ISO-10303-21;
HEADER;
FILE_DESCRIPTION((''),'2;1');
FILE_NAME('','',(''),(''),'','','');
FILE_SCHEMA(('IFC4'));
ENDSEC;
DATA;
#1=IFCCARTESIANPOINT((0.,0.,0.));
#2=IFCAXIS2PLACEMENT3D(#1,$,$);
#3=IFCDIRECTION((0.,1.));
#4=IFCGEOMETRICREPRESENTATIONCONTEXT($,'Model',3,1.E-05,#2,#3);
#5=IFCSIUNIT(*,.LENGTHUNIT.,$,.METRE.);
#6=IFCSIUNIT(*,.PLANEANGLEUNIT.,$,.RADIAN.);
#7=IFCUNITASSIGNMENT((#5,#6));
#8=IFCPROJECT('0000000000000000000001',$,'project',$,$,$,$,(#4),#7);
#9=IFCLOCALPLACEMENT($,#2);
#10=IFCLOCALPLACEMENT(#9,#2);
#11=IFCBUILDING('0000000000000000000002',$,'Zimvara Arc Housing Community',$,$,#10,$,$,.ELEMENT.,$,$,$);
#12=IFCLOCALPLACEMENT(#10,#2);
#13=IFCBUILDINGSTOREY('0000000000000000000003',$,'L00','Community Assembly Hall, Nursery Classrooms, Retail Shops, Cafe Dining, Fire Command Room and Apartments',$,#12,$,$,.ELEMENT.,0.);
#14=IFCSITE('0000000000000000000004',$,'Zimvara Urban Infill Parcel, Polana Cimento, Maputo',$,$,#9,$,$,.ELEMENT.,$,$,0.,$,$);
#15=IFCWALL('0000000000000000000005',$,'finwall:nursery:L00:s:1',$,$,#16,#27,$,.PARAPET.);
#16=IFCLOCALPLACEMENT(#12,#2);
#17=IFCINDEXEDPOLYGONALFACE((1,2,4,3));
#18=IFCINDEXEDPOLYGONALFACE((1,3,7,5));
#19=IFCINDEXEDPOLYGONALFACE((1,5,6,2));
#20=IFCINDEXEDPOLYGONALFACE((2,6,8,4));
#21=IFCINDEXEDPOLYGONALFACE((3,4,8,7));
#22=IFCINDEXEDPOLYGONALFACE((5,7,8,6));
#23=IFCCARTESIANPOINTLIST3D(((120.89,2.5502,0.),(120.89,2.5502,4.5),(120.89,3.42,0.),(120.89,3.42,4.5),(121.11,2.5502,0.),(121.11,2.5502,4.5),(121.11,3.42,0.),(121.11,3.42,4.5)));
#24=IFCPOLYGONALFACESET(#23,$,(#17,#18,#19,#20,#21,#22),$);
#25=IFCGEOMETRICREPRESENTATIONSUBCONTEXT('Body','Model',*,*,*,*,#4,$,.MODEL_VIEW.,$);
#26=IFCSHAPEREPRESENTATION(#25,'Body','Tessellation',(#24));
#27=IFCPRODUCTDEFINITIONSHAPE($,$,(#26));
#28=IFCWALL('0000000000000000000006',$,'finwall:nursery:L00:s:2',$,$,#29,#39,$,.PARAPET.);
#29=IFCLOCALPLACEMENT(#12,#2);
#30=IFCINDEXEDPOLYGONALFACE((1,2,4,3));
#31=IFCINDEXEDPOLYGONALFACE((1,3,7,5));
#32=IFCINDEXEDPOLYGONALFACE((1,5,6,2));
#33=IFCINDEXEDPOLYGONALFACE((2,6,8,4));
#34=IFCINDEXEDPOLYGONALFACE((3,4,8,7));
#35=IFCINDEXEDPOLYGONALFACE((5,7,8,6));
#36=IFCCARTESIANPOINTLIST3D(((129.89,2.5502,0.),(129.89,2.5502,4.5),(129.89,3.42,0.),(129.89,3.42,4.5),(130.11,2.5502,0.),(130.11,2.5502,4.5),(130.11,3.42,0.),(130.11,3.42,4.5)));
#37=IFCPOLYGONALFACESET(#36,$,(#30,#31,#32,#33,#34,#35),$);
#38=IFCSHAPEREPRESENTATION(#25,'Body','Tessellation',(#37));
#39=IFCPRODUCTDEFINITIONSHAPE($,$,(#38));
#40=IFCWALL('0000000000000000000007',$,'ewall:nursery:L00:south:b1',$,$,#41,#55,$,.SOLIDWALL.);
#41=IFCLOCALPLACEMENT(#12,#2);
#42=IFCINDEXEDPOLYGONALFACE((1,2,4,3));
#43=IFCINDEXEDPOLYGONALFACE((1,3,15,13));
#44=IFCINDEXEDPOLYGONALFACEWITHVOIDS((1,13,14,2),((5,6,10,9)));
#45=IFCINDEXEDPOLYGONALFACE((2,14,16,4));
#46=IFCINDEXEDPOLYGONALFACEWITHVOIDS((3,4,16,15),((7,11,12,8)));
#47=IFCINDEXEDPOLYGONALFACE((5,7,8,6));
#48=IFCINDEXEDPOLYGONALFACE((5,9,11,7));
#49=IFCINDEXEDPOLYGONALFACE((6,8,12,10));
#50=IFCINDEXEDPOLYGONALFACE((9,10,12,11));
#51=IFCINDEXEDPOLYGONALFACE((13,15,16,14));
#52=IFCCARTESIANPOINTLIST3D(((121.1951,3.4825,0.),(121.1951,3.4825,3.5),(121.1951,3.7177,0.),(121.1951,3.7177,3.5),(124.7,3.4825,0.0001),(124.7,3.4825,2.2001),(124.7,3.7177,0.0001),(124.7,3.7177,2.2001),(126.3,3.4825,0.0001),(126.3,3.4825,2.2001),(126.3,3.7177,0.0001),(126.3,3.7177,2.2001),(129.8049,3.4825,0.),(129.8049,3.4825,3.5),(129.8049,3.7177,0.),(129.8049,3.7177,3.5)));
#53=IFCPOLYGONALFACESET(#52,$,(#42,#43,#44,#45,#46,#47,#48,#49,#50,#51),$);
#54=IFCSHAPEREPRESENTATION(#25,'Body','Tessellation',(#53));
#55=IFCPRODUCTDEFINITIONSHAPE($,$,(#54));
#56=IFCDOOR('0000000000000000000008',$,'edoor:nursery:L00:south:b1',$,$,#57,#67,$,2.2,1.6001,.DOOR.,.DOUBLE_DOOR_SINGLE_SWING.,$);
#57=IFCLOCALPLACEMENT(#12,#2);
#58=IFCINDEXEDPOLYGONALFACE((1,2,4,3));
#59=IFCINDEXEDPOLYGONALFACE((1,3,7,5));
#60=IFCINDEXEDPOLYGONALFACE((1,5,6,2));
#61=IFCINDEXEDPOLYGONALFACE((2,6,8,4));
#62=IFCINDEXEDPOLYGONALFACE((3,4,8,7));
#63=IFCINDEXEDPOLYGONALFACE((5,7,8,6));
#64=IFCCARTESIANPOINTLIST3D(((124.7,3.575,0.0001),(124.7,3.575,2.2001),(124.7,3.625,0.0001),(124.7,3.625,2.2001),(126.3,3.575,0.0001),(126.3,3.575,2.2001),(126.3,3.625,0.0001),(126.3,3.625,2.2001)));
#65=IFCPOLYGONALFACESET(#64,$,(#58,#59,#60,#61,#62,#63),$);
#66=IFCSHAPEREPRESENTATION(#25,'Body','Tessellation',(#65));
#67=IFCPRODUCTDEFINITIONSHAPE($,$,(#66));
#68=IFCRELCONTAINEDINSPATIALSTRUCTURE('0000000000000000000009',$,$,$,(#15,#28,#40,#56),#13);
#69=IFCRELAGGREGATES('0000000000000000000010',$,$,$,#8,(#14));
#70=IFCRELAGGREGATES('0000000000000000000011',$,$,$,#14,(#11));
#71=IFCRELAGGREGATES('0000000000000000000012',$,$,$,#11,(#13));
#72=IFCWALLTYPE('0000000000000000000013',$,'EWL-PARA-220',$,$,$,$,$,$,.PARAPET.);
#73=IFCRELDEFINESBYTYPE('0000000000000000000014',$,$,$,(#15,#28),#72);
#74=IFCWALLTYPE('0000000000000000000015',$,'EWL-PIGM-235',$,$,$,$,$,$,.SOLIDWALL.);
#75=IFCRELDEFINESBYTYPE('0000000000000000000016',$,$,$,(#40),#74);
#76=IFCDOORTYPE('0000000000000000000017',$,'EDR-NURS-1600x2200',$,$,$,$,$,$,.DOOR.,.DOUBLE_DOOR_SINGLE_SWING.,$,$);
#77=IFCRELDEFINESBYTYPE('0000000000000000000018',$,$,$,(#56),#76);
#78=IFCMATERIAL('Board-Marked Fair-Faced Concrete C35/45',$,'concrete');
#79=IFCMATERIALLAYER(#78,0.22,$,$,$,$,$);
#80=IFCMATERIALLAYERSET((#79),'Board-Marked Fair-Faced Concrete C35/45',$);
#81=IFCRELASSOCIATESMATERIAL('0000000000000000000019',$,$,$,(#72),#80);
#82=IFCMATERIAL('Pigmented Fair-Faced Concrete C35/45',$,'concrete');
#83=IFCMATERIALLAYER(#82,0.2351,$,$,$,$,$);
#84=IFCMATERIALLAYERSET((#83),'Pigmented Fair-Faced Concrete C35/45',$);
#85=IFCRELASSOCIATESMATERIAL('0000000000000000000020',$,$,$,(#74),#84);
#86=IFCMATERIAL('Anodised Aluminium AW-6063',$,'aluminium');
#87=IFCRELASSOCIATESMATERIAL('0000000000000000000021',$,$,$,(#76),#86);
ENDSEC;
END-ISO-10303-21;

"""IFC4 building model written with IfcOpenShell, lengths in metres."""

from ifc_helpers import new_model, si_unit, direction, frame, frame_2d, origin, place, context, subcontext, project, spatial, rectangle, extrude, material, layer, layer_set, type_object, element, fill, save


model = new_model("IFC4")

# Units and contexts
model_context = context("Model", 3, precision=1e-05, world=origin(), true_north=direction((0.0, 1.0)))
body_context = subcontext(model_context, "Body", "Model", "MODEL_VIEW")
ifc_project = project(units=[si_unit("LENGTHUNIT", "METRE"), si_unit("PLANEANGLEUNIT", "RADIAN")], contexts=[model_context])

# Site, building, storey
site_placement = place(None, origin())
site = spatial("IfcSite", under=ifc_project, at=site_placement, Name="Zimvara Urban Infill Parcel, Polana Cimento, Maputo", CompositionType="ELEMENT", RefElevation=0.0)
building_placement = place(site_placement, origin())
building = spatial("IfcBuilding", under=site, at=building_placement, Name="Zimvara Arc Housing Community", CompositionType="ELEMENT")
storey_placement = place(building_placement, origin())
storey = spatial("IfcBuildingStorey", under=building, at=storey_placement, Name="L00", Description="Community Assembly Hall, Nursery Classrooms, Retail Shops, Cafe Dining, Fire Command Room and Apartments", CompositionType="ELEMENT", Elevation=0.0)

# Walls
ifc_material_1 = material(Name="Board-Marked Fair-Faced Concrete C35/45", Category="concrete")
ifc_layer_1 = layer(ifc_material_1, 0.22)
ifc_layer_set_1 = layer_set([ifc_layer_1], Name="Board-Marked Fair-Faced Concrete C35/45")
wall_type_1 = type_object("IfcWallType", Name="EWL-PARA-220", PredefinedType="PARAPET", material=ifc_layer_set_1)
for number, where, z_axis, x_axis, name in (
    (1, (121.0, 2.55, 0.0), (0.0, 0.0, 1.0), (0.0, 1.0, 0.0), "finwall:nursery:L00:s:1"),
    (2, (130.0, 2.55, 0.0), (0.0, 0.0, 1.0), (0.0, 1.0, 0.0), "finwall:nursery:L00:s:2"),
):
    element("IfcWall", number, at=place(storey_placement, frame(where, z_axis=z_axis, x_axis=x_axis)), inside=storey, type_object=wall_type_1, Name=name, PredefinedType="PARAPET", context=body_context, shape_type="SweptSolid", body=[
        extrude(rectangle(XDim=0.8699, YDim=0.22, at=frame_2d((0.4351, 0.0))), origin(), (0.0, 0.0, 1.0), 4.5),
    ])

# Wall, opening, door
ifc_material_2 = material(Name="Pigmented Fair-Faced Concrete C35/45", Category="concrete")
ifc_layer_2 = layer(ifc_material_2, 0.2351)
ifc_layer_set_2 = layer_set([ifc_layer_2], Name="Pigmented Fair-Faced Concrete C35/45")
wall_type_2 = type_object("IfcWallType", Name="EWL-PIGM-235", PredefinedType="SOLIDWALL", material=ifc_layer_set_2)
wall_placement = place(storey_placement, frame((121.1951, 3.6001, 0.0), z_axis=(0.0, 0.0, 1.0), x_axis=(1.0, 0.0, 0.0)))
wall = element("IfcWall", 3, at=wall_placement, inside=storey, type_object=wall_type_2, Name="ewall:nursery:L00:south:b1", PredefinedType="SOLIDWALL", context=body_context, shape_type="SweptSolid", body=[
    extrude(rectangle(XDim=8.6099, YDim=0.2351, at=frame_2d((4.3049, 0.0))), origin(), (0.0, 0.0, 1.0), 3.5),
])
opening_placement = place(wall_placement, frame((3.5049, 0.0, 0.0)))
opening = element("IfcOpeningElement", 4, at=opening_placement, cuts=wall, PredefinedType="OPENING", context=body_context, shape_type="SweptSolid", body=[
    extrude(rectangle(XDim=1.6001, YDim=2.2, at=frame_2d((0.8, 1.1001))), frame((0.0, 0.1274, 0.0), z_axis=(0.0, -1.0, 0.0), x_axis=(1.0, 0.0, 0.0)), (0.0, 0.0, 1.0), 0.2551),
])
ifc_material_3 = material(Name="Anodised Aluminium AW-6063", Category="aluminium")
door_type = type_object("IfcDoorType", Name="EDR-NURS-1600x2200", OperationType="DOUBLE_DOOR_SINGLE_SWING", PredefinedType="DOOR", material=ifc_material_3)
door_placement = place(opening_placement, origin())
door = element("IfcDoor", 5, at=door_placement, inside=storey, type_object=door_type, Name="edoor:nursery:L00:south:b1", OperationType="DOUBLE_DOOR_SINGLE_SWING", OverallHeight=2.2, OverallWidth=1.6001, PredefinedType="DOOR", context=body_context, shape_type="SweptSolid", body=[
    extrude(rectangle(XDim=1.6001, YDim=2.2, at=frame_2d((0.8, 1.1001))), frame((0.0, 0.0249, 0.0), z_axis=(0.0, -1.0, 0.0), x_axis=(1.0, 0.0, 0.0)), (0.0, 0.0, 1.0), 0.05),
])
fill(opening, door)

save(model, "model.ifc")
